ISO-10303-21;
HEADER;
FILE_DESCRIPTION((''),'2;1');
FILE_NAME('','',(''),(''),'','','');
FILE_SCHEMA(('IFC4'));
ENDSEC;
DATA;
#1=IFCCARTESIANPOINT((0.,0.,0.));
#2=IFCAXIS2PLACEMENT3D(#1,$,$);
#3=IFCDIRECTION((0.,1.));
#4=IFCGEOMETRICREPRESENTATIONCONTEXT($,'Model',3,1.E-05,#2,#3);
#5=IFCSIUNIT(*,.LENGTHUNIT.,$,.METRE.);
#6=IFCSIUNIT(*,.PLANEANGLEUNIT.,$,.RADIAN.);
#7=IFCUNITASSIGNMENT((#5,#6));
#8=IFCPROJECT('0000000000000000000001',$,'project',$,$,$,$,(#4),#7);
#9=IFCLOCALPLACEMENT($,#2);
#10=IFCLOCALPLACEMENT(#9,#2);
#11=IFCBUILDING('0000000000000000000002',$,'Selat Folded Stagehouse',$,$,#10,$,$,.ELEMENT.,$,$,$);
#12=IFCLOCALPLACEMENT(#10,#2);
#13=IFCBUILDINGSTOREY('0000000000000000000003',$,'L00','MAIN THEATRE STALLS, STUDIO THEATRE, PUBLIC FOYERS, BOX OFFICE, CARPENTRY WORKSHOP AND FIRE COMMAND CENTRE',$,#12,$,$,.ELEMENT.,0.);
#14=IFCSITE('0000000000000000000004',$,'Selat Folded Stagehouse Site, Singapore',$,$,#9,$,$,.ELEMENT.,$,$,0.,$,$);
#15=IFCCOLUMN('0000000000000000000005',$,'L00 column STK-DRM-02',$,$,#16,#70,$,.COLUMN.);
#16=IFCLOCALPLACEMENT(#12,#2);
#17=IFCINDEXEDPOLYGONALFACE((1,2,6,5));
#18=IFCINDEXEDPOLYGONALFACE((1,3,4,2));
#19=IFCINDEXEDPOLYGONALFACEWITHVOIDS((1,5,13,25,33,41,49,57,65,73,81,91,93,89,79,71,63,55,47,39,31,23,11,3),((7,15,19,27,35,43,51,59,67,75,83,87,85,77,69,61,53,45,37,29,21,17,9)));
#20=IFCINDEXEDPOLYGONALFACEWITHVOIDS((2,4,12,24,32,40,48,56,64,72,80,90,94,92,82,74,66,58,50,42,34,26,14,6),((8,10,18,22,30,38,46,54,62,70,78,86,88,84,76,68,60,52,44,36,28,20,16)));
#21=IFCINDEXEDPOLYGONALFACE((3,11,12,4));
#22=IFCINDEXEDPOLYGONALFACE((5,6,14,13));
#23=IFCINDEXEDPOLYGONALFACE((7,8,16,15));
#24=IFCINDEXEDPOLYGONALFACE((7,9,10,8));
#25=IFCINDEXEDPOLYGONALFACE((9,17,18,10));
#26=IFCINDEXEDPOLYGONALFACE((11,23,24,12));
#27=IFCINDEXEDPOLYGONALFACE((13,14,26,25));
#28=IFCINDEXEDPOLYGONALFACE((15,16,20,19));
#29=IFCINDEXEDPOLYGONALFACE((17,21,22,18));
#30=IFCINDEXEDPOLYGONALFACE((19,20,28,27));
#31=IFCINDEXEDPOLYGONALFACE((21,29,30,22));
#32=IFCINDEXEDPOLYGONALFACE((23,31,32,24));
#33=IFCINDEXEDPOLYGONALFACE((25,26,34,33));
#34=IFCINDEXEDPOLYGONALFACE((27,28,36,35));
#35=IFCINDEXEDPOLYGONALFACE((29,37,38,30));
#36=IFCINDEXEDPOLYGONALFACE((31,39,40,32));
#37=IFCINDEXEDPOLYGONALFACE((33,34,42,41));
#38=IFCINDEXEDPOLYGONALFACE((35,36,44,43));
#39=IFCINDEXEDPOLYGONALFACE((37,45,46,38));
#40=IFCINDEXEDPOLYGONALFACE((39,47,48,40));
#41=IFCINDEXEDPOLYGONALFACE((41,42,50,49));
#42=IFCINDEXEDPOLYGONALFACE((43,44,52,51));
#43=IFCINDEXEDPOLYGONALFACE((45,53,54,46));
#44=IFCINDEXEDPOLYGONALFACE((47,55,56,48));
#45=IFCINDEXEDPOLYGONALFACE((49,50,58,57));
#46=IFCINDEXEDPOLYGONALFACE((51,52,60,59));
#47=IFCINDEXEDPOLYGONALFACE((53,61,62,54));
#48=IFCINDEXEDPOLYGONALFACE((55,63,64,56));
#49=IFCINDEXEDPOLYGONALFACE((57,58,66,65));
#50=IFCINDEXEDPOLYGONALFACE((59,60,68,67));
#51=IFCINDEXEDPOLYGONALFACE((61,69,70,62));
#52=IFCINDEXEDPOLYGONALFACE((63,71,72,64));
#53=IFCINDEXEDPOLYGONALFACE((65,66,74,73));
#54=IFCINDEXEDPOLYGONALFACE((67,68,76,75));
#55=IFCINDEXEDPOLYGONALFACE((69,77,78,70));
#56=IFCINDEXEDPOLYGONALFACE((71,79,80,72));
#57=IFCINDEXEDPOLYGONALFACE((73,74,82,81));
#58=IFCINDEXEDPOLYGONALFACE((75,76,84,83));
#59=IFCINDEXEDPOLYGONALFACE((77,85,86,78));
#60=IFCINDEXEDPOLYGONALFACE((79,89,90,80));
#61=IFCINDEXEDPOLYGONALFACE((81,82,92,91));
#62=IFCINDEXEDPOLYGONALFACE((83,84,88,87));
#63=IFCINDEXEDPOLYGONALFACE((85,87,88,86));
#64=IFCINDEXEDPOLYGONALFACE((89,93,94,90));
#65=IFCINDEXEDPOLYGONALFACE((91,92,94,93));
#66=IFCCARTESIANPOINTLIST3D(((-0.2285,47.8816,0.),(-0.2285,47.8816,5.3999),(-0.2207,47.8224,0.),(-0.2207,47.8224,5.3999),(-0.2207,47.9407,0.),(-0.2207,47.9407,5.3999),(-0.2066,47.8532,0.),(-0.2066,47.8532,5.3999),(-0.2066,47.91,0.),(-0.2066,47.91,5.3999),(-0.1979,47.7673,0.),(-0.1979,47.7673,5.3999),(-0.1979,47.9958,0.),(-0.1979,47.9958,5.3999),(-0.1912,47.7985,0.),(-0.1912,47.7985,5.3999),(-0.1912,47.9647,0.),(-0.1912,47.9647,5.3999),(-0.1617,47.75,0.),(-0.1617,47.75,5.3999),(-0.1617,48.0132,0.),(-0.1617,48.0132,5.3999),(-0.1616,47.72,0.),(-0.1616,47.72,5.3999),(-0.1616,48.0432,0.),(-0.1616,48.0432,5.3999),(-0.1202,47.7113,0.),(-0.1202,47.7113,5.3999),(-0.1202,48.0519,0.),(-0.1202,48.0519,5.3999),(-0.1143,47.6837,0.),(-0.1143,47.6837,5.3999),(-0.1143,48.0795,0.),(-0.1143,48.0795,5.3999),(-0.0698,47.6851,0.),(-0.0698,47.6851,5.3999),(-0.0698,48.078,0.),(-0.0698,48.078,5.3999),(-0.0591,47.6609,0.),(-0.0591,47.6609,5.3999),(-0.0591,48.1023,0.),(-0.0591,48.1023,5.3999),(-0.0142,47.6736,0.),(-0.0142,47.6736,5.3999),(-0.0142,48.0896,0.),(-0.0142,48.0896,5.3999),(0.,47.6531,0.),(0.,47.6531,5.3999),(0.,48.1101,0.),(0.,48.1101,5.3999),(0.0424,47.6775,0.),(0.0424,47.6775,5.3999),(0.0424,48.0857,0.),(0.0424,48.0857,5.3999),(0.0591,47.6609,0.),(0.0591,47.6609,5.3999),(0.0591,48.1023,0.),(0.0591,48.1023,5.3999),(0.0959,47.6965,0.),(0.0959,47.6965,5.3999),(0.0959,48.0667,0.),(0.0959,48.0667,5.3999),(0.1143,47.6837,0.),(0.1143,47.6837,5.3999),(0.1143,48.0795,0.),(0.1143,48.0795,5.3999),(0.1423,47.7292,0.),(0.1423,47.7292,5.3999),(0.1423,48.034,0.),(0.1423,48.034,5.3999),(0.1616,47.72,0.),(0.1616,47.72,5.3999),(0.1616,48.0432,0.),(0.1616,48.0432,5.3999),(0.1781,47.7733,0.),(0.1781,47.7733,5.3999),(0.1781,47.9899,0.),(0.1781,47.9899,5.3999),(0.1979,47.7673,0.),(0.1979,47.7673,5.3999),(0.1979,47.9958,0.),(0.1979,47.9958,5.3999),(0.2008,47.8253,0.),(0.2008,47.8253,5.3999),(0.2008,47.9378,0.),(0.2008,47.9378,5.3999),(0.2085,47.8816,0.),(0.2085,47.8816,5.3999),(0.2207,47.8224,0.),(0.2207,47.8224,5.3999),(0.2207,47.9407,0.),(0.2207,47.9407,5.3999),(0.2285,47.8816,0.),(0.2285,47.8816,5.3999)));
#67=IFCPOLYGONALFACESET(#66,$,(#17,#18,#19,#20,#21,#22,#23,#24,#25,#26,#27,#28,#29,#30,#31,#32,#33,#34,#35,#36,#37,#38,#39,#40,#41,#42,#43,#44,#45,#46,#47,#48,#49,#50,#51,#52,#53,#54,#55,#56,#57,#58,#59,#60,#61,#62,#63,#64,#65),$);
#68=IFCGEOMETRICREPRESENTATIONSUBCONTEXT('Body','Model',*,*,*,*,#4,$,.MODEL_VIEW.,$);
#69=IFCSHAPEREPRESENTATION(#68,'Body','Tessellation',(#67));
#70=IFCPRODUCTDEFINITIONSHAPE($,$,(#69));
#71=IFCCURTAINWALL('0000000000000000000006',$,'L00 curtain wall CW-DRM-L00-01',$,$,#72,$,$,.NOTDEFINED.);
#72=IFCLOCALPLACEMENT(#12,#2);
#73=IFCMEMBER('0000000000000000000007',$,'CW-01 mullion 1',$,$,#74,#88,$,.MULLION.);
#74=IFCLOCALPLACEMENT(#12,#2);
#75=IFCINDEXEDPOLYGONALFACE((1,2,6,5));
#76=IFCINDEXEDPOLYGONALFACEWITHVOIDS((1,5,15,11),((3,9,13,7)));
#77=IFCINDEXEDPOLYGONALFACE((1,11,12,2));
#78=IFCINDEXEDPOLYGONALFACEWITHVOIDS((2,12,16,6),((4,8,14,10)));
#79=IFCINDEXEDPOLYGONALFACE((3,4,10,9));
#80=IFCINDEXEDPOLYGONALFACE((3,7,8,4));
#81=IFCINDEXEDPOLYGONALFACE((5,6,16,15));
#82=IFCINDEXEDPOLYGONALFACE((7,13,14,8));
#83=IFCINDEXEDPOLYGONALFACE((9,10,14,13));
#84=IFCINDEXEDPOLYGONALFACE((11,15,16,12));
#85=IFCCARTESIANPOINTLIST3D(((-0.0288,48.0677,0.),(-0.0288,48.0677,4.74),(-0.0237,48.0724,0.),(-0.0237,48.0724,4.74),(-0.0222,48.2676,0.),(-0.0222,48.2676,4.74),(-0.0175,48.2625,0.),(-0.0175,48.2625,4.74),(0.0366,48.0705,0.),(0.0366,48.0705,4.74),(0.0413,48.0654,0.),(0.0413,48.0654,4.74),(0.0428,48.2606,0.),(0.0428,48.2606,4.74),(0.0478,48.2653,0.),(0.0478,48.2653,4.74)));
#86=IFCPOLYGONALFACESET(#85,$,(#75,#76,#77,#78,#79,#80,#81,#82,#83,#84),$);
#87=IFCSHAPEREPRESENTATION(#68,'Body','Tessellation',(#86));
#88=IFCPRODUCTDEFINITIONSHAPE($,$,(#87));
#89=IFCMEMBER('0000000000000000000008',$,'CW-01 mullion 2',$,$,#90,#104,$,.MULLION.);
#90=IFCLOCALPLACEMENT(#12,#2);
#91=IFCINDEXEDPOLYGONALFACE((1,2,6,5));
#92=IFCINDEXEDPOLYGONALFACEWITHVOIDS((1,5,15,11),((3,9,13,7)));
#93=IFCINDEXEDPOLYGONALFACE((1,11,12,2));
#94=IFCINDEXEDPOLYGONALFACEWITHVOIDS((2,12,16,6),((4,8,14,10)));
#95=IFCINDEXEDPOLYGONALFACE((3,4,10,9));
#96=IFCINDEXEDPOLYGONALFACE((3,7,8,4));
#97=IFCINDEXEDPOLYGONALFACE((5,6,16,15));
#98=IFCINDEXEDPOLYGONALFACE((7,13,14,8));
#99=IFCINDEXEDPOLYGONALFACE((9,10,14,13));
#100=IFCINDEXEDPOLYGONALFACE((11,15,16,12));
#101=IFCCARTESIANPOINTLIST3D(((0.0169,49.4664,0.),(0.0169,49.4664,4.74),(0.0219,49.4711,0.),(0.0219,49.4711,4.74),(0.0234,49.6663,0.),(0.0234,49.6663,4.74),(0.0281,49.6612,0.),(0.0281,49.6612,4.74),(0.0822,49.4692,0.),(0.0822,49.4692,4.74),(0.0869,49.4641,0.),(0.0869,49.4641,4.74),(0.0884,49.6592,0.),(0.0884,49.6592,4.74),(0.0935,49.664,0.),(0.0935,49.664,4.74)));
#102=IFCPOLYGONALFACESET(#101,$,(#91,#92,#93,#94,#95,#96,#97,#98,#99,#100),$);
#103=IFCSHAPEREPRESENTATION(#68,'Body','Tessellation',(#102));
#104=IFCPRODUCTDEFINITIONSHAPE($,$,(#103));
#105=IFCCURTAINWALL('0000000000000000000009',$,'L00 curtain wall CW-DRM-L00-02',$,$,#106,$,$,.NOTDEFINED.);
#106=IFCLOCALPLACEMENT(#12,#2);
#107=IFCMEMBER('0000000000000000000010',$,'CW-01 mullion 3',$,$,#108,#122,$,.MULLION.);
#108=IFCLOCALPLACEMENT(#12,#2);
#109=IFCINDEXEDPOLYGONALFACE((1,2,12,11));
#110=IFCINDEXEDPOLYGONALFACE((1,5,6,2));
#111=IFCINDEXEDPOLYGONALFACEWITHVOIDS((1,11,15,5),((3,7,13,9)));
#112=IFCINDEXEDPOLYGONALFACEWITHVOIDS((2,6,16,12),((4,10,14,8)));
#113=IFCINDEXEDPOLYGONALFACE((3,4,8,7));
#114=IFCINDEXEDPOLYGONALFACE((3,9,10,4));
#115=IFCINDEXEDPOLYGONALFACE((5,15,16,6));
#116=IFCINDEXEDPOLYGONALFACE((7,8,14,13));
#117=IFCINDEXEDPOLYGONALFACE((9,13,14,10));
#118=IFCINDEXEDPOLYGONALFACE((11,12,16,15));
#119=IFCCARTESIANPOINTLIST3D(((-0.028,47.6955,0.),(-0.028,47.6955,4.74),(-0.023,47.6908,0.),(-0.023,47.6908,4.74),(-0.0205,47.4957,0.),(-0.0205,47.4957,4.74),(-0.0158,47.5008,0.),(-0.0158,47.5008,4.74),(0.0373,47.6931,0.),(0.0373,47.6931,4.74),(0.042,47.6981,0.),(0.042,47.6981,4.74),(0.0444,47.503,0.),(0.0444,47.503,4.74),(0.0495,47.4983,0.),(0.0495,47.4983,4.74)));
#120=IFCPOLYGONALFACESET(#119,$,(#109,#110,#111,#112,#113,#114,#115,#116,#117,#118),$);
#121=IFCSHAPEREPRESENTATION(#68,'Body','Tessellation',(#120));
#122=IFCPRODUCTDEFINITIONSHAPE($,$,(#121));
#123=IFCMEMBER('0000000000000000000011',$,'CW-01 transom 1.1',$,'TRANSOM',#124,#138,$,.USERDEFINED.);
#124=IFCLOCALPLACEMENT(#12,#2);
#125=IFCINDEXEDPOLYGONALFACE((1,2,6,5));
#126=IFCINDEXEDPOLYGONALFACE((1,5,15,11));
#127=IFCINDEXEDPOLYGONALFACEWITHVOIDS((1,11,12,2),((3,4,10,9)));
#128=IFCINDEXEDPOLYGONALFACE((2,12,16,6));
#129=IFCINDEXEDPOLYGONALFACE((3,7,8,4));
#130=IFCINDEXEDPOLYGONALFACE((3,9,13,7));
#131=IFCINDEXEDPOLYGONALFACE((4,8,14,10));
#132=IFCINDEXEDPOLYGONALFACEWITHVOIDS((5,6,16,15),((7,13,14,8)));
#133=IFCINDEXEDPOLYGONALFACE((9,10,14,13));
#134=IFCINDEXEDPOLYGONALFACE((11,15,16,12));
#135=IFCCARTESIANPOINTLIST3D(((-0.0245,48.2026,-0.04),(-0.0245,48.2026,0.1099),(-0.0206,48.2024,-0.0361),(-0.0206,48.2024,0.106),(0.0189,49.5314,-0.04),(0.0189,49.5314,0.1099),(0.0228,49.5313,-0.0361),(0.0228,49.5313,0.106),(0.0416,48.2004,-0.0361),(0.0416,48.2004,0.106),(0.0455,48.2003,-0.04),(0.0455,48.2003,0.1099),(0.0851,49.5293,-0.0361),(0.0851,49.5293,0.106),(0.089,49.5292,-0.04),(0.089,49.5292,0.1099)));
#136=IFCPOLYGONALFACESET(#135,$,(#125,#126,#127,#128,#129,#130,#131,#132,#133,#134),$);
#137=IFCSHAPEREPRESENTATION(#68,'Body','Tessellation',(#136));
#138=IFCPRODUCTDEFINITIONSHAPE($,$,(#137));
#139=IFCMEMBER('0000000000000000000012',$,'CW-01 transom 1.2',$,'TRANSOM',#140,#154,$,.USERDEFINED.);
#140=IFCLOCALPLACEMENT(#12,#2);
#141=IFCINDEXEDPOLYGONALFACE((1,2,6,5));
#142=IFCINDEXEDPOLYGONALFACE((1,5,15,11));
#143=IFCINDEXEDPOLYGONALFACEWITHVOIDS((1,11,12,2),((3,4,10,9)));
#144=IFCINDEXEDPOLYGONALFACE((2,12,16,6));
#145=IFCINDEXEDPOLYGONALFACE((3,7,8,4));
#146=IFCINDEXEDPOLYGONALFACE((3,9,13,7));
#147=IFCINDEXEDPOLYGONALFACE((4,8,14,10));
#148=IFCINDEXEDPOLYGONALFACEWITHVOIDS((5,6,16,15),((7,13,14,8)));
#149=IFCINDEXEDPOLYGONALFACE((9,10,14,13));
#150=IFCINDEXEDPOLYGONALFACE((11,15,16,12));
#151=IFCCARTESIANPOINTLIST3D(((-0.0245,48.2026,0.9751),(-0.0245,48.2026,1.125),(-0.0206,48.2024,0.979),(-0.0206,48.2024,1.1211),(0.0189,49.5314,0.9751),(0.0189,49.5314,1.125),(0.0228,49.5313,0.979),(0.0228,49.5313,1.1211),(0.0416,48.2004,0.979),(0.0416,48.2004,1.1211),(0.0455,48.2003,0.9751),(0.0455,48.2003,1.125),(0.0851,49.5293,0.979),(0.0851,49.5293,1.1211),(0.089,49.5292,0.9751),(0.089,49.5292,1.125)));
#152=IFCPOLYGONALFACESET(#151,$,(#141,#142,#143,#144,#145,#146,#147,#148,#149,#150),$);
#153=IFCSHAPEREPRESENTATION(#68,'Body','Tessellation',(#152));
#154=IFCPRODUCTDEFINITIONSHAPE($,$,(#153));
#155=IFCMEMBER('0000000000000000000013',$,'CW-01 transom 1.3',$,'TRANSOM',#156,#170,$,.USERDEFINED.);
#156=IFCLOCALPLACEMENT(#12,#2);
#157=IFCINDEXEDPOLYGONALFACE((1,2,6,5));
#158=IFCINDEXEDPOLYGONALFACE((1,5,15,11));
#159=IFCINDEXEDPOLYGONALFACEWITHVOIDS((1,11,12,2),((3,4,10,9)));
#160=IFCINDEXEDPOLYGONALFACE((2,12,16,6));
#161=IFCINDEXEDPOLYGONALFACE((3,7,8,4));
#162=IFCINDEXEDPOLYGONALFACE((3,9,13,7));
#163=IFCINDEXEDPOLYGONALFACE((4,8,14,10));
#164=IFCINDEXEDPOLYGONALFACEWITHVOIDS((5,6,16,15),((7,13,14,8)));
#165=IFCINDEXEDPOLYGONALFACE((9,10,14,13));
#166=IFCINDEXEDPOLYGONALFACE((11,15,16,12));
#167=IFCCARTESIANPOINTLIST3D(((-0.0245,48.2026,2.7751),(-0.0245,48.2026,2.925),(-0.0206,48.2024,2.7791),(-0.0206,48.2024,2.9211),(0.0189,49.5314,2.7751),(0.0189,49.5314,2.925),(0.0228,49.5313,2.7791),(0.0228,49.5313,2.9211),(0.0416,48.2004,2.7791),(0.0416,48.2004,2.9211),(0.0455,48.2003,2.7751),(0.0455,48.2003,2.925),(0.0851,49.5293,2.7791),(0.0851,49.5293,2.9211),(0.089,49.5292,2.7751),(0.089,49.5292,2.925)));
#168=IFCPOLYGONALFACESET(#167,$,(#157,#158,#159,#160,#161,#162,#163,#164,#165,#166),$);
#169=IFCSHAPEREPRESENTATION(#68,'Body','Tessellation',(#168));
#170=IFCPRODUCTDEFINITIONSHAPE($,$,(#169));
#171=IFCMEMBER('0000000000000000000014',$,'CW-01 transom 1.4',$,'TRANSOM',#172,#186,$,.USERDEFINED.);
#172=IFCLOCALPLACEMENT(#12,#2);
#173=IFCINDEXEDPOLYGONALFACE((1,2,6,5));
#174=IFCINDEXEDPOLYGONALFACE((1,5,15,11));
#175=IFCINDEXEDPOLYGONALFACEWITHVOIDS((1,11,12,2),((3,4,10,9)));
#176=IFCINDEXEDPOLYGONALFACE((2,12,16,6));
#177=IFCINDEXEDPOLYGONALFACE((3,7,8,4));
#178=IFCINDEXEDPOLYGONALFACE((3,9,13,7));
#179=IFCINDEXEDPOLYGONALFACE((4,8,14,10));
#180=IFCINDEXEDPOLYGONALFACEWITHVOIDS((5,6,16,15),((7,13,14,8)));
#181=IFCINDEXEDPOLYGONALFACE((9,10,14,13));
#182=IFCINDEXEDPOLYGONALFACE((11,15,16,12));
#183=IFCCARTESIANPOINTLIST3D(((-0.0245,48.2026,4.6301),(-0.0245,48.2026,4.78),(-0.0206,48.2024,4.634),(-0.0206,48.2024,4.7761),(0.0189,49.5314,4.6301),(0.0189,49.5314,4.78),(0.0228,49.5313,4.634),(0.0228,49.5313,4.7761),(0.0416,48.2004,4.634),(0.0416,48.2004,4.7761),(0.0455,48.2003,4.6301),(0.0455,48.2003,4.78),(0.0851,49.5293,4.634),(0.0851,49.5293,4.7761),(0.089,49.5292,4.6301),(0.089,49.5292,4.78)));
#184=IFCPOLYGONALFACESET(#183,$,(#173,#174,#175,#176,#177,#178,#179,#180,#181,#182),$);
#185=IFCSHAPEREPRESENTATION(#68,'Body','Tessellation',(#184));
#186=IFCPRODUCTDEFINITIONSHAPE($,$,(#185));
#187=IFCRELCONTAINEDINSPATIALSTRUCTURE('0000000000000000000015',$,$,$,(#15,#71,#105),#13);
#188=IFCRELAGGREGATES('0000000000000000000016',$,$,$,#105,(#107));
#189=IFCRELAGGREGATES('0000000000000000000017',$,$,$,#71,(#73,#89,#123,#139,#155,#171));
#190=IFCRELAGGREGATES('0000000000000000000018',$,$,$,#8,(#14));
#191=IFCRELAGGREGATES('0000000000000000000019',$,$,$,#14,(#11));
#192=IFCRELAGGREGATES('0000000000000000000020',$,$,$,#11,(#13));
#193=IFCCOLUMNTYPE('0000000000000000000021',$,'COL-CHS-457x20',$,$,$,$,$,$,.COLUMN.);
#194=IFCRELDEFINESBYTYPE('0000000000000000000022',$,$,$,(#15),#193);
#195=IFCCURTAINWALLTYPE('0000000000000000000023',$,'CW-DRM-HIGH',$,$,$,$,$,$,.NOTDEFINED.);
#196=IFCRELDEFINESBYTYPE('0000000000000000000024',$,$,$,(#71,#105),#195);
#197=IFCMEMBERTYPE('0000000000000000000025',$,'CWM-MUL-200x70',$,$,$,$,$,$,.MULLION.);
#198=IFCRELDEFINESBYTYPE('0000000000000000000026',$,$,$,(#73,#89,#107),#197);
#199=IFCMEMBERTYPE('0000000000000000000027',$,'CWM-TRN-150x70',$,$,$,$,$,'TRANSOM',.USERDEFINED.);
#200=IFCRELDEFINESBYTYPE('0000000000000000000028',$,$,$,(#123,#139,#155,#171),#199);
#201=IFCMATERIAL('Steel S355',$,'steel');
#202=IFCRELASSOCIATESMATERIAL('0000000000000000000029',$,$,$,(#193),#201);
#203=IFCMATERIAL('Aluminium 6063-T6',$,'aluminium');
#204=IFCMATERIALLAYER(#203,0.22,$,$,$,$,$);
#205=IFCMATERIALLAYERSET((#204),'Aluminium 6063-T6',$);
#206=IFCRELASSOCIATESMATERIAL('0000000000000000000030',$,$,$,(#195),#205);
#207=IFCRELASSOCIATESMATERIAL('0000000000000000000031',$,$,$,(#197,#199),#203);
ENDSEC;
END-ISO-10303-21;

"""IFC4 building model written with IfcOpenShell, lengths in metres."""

from ifc_helpers import new_model, si_unit, direction, frame, origin, origin_2d, place, context, subcontext, project, spatial, hollow_rectangle, hollow_circle, extrude, material, layer, layer_set, material_profile, profile_set, type_object, element, aggregate, save


model = new_model("IFC4")

# Units and contexts
model_context = context("Model", 3, precision=1e-05, world=origin(), true_north=direction((0.0, 1.0)))
body_context = subcontext(model_context, "Body", "Model", "MODEL_VIEW")
ifc_project = project(units=[si_unit("LENGTHUNIT", "METRE"), si_unit("PLANEANGLEUNIT", "RADIAN")], contexts=[model_context])

# Site, building, storey
site_placement = place(None, origin())
site = spatial("IfcSite", under=ifc_project, at=site_placement, Name="Selat Folded Stagehouse Site, Singapore", CompositionType="ELEMENT", RefElevation=0.0)
building_placement = place(site_placement, origin())
building = spatial("IfcBuilding", under=site, at=building_placement, Name="Selat Folded Stagehouse", CompositionType="ELEMENT")
storey_placement = place(building_placement, origin())
storey = spatial("IfcBuildingStorey", under=building, at=storey_placement, Name="L00", Description="MAIN THEATRE STALLS, STUDIO THEATRE, PUBLIC FOYERS, BOX OFFICE, CARPENTRY WORKSHOP AND FIRE COMMAND CENTRE", CompositionType="ELEMENT", Elevation=0.0)

# Column
ifc_material_1 = material(Name="Steel S355", Category="steel")
ifc_material_profile_1 = material_profile(ifc_material_1, hollow_circle(Radius=0.2285, WallThickness=0.02, at=origin_2d()), Name="CHS 457.0x20.0")
ifc_profile_set_1 = profile_set([ifc_material_profile_1], Name="Steel S355")
column_type = type_object("IfcColumnType", Name="COL-CHS-457x20", PredefinedType="COLUMN", material=ifc_profile_set_1)
column_placement = place(storey_placement, frame((0.0, 47.8816, 0.0), z_axis=(0.0, 0.0, 1.0), x_axis=(1.0, 0.0, 0.0)))
element("IfcColumn", 1, at=column_placement, inside=storey, type_object=column_type, Name="L00 column STK-DRM-02", PredefinedType="COLUMN", context=body_context, shape_type="SweptSolid", body=[
    extrude(hollow_circle(Radius=0.2285, WallThickness=0.02, at=origin_2d()), origin(), (0.0, 0.0, 1.0), 5.3999),
])

# Curtain wall, members
ifc_material_2 = material(Name="Aluminium 6063-T6", Category="aluminium")
ifc_layer_1 = layer(ifc_material_2, 0.22)
ifc_layer_set_1 = layer_set([ifc_layer_1], Name="Aluminium 6063-T6")
curtain_wall_type = type_object("IfcCurtainWallType", Name="CW-DRM-HIGH", PredefinedType="NOTDEFINED", material=ifc_layer_set_1)
curtain_wall_1_placement = place(storey_placement, origin())
curtain_wall_1 = element("IfcCurtainWall", 2, at=curtain_wall_1_placement, inside=storey, type_object=curtain_wall_type, Name="L00 curtain wall CW-DRM-L00-01", PredefinedType="NOTDEFINED")
ifc_material_profile_2 = material_profile(ifc_material_2, hollow_rectangle(XDim=0.0701, YDim=0.2, WallThickness=0.0049, at=origin_2d()), Name="ALU 200x70x5.0")
ifc_profile_set_2 = profile_set([ifc_material_profile_2], Name="Aluminium 6063-T6")
member_type_1 = type_object("IfcMemberType", Name="CWM-MUL-200x70", PredefinedType="MULLION", material=ifc_profile_set_2)
member_1_placement = place(storey_placement, frame((0.0095, 48.1665, 0.0), z_axis=(0.0, 0.0, 1.0), x_axis=(-0.999468, 0.032625, 0.0)))
member_1 = element("IfcMember", 3, at=member_1_placement, type_object=member_type_1, Name="CW-01 mullion 1", PredefinedType="MULLION", context=body_context, shape_type="SweptSolid", body=[
    extrude(hollow_rectangle(XDim=0.0701, YDim=0.2, WallThickness=0.0049, at=origin_2d()), origin(), (0.0, 0.0, 1.0), 4.74),
])
member_2_placement = place(storey_placement, frame((0.0552, 49.5652, 0.0), z_axis=(0.0, 0.0, 1.0), x_axis=(-0.999468, 0.032625, 0.0)))
member_2 = element("IfcMember", 4, at=member_2_placement, type_object=member_type_1, Name="CW-01 mullion 2", PredefinedType="MULLION", context=body_context, shape_type="SweptSolid", body=[
    extrude(hollow_rectangle(XDim=0.0701, YDim=0.2, WallThickness=0.0049, at=origin_2d()), origin(), (0.0, 0.0, 1.0), 4.74),
])

# Curtain wall, member
curtain_wall_2_placement = place(storey_placement, origin())
curtain_wall_2 = element("IfcCurtainWall", 5, at=curtain_wall_2_placement, inside=storey, type_object=curtain_wall_type, Name="L00 curtain wall CW-DRM-L00-02", PredefinedType="NOTDEFINED")
member_3_placement = place(storey_placement, frame((0.0107, 47.5969, 0.0), z_axis=(0.0, 0.0, 1.0), x_axis=(-0.999294, -0.037574, 0.0)))
member_3 = element("IfcMember", 6, at=member_3_placement, type_object=member_type_1, Name="CW-01 mullion 3", PredefinedType="MULLION", context=body_context, shape_type="SweptSolid", body=[
    extrude(hollow_rectangle(XDim=0.0701, YDim=0.2, WallThickness=0.0049, at=origin_2d()), origin(), (0.0, 0.0, 1.0), 4.74),
])
aggregate(curtain_wall_2, [member_3])

# Members
ifc_material_profile_3 = material_profile(ifc_material_2, hollow_rectangle(XDim=0.0701, YDim=0.1499, WallThickness=0.0039, at=origin_2d()), Name="ALU 150x70x4.0")
ifc_profile_set_3 = profile_set([ifc_material_profile_3], Name="Aluminium 6063-T6")
member_type_2 = type_object("IfcMemberType", Name="CWM-TRN-150x70", ElementType="TRANSOM", PredefinedType="USERDEFINED", material=ifc_profile_set_3)
member_4_placement = place(storey_placement, frame((0.0105, 48.2014, 0.0349), z_axis=(0.032685, 0.999466, 0.0), x_axis=(-0.999466, 0.032685, 0.0)))
member_4 = element("IfcMember", 7, at=member_4_placement, type_object=member_type_2, Name="CW-01 transom 1.1", ObjectType="TRANSOM", PredefinedType="USERDEFINED", context=body_context, shape_type="SweptSolid", body=[
    extrude(hollow_rectangle(XDim=0.0701, YDim=0.1499, WallThickness=0.0039, at=origin_2d()), origin(), (0.0, 0.0, 1.0), 1.3296),
])
member_5_placement = place(storey_placement, frame((0.0105, 48.2014, 1.05), z_axis=(0.032685, 0.999466, 0.0), x_axis=(-0.999466, 0.032685, 0.0)))
member_5 = element("IfcMember", 8, at=member_5_placement, type_object=member_type_2, Name="CW-01 transom 1.2", ObjectType="TRANSOM", PredefinedType="USERDEFINED", context=body_context, shape_type="SweptSolid", body=[
    extrude(hollow_rectangle(XDim=0.0701, YDim=0.1499, WallThickness=0.0039, at=origin_2d()), origin(), (0.0, 0.0, 1.0), 1.3296),
])
member_6_placement = place(storey_placement, frame((0.0105, 48.2014, 2.8501), z_axis=(0.032685, 0.999466, 0.0), x_axis=(-0.999466, 0.032685, 0.0)))
member_6 = element("IfcMember", 9, at=member_6_placement, type_object=member_type_2, Name="CW-01 transom 1.3", ObjectType="TRANSOM", PredefinedType="USERDEFINED", context=body_context, shape_type="SweptSolid", body=[
    extrude(hollow_rectangle(XDim=0.0701, YDim=0.1499, WallThickness=0.0039, at=origin_2d()), origin(), (0.0, 0.0, 1.0), 1.3296),
])
member_7_placement = place(storey_placement, frame((0.0105, 48.2014, 4.7051), z_axis=(0.032685, 0.999466, 0.0), x_axis=(-0.999466, 0.032685, 0.0)))
member_7 = element("IfcMember", 10, at=member_7_placement, type_object=member_type_2, Name="CW-01 transom 1.4", ObjectType="TRANSOM", PredefinedType="USERDEFINED", context=body_context, shape_type="SweptSolid", body=[
    extrude(hollow_rectangle(XDim=0.0701, YDim=0.1499, WallThickness=0.0039, at=origin_2d()), origin(), (0.0, 0.0, 1.0), 1.3296),
])

aggregate(curtain_wall_1, [member_1, member_2, member_4, member_5, member_6, member_7])

save(model, "model.ifc")
